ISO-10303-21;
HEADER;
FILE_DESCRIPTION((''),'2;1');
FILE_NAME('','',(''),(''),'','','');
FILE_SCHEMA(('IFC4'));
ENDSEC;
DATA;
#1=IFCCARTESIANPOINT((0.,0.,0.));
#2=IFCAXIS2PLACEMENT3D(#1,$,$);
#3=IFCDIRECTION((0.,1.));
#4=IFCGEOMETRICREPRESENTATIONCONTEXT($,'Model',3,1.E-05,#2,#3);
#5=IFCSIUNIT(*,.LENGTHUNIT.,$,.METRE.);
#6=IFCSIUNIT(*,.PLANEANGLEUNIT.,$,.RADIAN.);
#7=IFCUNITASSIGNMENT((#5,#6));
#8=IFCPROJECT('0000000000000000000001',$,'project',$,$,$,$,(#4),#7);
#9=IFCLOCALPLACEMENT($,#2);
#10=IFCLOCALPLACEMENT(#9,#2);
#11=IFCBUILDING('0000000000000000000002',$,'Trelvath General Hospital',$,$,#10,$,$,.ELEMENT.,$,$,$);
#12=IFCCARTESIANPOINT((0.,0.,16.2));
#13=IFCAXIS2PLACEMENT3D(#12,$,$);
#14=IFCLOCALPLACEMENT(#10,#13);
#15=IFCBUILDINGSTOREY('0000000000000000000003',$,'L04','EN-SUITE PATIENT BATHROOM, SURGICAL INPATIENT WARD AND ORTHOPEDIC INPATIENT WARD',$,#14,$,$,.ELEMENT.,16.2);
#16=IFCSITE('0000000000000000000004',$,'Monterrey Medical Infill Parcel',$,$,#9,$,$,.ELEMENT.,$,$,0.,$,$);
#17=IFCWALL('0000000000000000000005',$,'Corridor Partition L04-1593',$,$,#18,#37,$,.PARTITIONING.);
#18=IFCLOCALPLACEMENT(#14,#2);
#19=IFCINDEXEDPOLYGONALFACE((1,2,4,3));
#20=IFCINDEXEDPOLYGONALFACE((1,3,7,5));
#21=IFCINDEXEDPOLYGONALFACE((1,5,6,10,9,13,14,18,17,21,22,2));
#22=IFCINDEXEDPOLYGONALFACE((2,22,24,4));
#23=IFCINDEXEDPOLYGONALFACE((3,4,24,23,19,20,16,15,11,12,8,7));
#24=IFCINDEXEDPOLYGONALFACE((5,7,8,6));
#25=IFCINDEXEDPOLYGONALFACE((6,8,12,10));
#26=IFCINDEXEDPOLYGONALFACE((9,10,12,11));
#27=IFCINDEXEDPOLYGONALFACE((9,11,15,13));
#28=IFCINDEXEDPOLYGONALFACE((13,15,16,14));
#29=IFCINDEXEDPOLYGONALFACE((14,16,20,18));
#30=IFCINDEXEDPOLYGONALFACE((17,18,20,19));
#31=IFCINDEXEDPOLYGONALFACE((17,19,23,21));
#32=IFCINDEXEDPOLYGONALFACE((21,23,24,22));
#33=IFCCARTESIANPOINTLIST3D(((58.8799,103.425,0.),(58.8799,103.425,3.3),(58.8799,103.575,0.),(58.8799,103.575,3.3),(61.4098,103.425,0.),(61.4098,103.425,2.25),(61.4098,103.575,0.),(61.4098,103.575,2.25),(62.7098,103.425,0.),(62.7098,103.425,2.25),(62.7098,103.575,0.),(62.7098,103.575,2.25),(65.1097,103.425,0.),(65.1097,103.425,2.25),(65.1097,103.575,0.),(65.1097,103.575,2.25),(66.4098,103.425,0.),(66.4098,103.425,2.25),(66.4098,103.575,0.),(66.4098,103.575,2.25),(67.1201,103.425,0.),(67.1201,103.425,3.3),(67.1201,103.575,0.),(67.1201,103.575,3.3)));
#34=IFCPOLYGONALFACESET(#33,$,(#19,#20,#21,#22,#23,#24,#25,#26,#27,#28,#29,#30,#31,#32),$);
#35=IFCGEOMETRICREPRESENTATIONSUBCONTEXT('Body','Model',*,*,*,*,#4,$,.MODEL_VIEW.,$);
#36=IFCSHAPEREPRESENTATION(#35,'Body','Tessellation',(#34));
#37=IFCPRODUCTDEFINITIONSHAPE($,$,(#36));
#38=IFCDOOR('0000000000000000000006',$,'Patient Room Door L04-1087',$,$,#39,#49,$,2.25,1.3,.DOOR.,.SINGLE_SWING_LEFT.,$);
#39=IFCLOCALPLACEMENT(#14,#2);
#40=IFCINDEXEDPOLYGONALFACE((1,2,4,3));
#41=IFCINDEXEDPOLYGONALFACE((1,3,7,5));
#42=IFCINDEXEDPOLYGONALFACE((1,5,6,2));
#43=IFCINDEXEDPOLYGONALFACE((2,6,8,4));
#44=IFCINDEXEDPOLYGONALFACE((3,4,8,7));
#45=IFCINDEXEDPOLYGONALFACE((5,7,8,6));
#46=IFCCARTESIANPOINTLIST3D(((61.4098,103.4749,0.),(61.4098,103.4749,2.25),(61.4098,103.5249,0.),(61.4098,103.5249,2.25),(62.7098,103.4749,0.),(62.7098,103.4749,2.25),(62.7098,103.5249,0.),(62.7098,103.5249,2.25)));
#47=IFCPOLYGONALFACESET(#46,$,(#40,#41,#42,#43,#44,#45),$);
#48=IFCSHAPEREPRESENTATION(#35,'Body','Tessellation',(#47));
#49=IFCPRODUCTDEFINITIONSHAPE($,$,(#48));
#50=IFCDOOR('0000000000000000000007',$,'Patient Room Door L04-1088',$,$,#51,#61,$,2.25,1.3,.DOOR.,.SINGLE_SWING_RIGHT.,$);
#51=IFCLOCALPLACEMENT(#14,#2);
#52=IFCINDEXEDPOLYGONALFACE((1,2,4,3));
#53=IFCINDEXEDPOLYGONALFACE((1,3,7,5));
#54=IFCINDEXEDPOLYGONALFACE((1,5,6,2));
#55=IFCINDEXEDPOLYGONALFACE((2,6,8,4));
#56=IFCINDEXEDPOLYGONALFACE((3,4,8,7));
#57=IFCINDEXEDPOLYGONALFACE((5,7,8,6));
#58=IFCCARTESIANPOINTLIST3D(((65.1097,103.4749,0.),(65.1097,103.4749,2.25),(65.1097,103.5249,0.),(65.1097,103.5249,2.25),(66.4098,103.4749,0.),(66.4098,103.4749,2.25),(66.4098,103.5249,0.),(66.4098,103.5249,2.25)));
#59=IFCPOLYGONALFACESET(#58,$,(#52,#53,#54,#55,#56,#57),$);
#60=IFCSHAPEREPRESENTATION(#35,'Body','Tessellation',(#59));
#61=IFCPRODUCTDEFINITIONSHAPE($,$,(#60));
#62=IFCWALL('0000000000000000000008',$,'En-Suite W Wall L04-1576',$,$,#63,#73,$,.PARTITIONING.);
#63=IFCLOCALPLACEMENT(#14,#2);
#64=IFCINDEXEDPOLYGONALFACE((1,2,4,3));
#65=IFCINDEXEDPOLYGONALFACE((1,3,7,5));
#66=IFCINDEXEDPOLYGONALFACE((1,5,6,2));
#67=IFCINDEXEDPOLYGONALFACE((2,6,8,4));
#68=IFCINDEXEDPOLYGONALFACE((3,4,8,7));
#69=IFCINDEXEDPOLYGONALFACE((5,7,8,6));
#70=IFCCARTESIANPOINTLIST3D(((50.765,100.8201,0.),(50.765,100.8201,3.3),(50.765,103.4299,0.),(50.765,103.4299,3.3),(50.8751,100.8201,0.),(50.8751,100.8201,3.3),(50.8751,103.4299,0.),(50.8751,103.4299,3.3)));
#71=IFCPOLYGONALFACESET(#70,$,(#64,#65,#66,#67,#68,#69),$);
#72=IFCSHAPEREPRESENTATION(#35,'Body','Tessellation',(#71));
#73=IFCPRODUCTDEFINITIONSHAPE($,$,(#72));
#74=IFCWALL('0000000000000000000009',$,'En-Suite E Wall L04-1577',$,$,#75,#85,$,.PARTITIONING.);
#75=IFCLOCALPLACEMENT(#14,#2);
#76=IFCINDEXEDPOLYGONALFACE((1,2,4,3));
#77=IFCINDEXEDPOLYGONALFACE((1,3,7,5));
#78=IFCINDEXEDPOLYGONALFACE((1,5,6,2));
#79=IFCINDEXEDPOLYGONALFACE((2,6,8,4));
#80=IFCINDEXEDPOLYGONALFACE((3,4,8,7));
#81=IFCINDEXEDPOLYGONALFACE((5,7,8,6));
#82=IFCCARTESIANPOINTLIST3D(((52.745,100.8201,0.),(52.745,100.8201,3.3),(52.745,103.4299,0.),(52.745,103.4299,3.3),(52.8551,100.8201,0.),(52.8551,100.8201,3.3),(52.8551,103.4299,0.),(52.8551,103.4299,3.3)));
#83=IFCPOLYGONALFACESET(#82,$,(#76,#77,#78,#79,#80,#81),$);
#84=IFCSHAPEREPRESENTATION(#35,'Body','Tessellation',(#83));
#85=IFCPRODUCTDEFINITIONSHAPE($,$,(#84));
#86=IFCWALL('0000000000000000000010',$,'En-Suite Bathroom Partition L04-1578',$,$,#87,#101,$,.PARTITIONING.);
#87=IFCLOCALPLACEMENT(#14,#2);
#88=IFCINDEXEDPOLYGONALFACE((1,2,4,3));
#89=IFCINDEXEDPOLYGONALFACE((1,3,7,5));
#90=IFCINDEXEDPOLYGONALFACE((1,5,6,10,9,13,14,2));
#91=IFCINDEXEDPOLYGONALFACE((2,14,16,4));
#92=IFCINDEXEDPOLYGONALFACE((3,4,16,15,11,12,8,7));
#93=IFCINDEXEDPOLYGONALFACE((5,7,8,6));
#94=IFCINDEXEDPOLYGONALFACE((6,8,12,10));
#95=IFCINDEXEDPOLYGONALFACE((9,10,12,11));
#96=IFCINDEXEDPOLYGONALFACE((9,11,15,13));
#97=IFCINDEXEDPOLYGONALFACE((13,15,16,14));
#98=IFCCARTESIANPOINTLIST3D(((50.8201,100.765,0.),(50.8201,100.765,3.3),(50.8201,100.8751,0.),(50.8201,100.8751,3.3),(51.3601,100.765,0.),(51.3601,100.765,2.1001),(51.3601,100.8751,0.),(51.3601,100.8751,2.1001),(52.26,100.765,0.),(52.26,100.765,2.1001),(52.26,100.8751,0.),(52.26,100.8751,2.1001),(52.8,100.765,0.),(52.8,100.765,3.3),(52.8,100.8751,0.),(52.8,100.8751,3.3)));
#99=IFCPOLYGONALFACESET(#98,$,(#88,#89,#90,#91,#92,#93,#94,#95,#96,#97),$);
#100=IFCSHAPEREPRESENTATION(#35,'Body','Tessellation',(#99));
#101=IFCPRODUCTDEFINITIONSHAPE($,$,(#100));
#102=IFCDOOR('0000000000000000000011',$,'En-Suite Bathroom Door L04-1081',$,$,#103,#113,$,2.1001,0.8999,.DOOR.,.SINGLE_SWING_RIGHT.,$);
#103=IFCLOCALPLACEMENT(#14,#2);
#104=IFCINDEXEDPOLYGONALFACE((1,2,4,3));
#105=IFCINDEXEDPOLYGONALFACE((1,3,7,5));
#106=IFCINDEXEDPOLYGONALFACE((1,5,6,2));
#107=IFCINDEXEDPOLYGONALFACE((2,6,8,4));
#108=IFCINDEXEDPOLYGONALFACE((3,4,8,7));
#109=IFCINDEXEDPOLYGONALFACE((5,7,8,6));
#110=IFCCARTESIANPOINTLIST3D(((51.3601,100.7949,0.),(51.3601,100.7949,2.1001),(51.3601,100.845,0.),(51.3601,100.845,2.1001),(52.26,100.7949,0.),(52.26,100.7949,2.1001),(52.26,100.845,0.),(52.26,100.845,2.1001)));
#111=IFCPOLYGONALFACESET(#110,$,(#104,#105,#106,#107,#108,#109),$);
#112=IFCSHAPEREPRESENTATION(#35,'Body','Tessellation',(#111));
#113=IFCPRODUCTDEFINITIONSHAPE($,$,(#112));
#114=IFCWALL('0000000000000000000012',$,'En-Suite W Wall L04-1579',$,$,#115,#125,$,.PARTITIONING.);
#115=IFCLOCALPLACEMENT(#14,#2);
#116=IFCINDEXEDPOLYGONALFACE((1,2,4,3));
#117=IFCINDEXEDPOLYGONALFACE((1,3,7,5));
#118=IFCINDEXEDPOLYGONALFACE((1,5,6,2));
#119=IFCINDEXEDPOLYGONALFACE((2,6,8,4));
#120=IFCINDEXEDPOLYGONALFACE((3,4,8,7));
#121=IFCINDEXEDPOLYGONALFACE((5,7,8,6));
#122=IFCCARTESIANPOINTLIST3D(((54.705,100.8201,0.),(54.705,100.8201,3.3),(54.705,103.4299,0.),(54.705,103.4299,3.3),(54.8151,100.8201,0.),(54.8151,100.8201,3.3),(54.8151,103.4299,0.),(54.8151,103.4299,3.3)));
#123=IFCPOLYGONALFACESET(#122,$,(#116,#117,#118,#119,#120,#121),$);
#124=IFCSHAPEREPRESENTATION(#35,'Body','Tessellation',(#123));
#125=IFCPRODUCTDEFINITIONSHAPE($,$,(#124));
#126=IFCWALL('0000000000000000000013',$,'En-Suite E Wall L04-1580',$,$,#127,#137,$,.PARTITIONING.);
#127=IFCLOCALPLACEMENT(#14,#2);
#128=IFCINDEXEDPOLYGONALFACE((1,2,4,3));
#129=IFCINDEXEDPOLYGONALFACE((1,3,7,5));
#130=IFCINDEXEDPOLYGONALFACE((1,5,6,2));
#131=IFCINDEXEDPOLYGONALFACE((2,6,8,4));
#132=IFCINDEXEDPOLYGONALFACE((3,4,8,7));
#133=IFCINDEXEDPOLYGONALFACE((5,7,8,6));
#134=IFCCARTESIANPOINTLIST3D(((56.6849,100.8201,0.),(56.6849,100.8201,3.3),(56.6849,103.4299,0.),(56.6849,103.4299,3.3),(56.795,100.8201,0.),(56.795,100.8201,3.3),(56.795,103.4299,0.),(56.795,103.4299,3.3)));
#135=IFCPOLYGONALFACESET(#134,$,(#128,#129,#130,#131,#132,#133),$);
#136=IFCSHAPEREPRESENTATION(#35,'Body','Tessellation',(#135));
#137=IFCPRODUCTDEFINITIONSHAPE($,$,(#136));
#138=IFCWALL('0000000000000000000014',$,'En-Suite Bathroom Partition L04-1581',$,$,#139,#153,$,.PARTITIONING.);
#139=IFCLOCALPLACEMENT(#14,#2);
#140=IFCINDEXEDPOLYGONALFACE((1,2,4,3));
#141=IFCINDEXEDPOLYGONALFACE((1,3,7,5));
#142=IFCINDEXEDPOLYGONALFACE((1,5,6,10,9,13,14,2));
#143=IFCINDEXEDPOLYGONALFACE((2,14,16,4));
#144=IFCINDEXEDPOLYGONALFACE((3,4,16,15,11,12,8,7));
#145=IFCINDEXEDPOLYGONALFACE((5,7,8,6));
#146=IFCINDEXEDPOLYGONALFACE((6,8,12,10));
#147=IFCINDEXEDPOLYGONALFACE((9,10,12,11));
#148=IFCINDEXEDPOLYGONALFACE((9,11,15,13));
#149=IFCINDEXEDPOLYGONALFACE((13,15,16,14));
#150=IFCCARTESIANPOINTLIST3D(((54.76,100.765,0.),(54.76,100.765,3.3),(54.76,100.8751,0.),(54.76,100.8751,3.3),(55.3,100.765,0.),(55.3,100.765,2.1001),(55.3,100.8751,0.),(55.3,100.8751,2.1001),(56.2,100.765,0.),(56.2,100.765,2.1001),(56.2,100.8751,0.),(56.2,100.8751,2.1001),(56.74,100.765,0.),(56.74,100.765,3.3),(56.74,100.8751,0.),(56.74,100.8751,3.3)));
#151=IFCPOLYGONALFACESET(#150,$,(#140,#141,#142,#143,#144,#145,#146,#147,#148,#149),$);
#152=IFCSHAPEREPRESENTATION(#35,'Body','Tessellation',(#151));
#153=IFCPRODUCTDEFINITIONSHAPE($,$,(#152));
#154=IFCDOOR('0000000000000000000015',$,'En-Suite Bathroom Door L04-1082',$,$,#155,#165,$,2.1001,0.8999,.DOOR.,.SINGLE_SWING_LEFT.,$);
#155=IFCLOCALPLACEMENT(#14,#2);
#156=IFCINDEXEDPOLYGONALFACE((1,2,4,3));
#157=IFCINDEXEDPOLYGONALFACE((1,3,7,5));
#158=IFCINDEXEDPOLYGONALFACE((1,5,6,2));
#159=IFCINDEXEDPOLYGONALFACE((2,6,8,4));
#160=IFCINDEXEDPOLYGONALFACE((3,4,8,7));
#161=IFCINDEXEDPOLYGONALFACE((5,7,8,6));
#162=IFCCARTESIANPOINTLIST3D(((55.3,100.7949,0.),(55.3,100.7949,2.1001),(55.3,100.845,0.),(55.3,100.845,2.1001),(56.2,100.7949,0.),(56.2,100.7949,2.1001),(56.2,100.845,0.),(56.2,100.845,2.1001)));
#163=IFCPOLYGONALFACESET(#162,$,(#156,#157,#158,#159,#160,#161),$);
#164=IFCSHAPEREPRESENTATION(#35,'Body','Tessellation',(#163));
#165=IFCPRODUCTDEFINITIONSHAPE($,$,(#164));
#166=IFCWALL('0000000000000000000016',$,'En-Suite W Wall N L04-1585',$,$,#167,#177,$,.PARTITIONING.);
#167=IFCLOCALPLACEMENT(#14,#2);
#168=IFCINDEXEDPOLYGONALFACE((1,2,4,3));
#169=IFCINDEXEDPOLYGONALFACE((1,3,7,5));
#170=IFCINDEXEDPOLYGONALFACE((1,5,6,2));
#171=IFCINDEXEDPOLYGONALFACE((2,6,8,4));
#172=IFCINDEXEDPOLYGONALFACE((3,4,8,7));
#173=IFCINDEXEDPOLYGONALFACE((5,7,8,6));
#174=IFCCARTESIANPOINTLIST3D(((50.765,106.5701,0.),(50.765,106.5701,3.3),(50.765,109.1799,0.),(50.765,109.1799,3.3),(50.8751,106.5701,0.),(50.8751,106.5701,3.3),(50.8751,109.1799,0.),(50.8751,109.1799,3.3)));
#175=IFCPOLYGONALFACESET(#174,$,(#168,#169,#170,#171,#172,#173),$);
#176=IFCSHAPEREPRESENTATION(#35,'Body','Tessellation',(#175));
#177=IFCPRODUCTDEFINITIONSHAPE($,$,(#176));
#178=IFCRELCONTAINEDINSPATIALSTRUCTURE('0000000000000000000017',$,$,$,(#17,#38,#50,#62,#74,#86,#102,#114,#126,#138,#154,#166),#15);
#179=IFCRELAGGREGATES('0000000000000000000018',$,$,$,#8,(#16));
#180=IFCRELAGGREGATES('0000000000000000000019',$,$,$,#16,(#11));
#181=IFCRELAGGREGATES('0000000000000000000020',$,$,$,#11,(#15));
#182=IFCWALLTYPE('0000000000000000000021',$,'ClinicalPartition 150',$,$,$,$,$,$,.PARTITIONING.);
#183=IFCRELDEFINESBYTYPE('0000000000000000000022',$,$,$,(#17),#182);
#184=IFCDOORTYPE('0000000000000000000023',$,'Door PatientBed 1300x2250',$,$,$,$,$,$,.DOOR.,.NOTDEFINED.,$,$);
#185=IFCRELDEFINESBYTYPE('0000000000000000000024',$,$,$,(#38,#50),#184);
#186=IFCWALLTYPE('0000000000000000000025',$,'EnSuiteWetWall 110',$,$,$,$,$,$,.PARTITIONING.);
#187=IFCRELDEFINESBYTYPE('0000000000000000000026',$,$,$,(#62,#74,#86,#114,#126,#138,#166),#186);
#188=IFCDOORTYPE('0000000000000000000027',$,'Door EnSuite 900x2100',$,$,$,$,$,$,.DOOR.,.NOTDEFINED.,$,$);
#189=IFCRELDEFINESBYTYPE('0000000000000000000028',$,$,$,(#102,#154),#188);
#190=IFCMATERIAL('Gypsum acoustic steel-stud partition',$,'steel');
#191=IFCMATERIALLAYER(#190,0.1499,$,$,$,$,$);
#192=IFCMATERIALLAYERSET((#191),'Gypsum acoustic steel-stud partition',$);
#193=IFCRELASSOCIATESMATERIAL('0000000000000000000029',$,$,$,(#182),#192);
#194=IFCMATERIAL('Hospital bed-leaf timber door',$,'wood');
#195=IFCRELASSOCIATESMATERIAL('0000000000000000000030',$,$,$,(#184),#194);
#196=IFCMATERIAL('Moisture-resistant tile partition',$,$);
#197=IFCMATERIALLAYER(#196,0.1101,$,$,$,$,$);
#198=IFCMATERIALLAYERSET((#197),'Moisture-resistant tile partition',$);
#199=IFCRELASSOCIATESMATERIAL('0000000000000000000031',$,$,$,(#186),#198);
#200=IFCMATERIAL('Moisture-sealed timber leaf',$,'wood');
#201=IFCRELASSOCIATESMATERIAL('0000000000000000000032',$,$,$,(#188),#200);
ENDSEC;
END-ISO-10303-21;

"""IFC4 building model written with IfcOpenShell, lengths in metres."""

from ifc_helpers import new_model, si_unit, direction, frame, frame_2d, origin, place, context, subcontext, project, spatial, rectangle, extrude, material, layer, layer_set, type_object, element, fill, save


model = new_model("IFC4")

# Units and contexts
model_context = context("Model", 3, precision=1e-05, world=origin(), true_north=direction((0.0, 1.0)))
body_context = subcontext(model_context, "Body", "Model", "MODEL_VIEW")
ifc_project = project(units=[si_unit("LENGTHUNIT", "METRE"), si_unit("PLANEANGLEUNIT", "RADIAN")], contexts=[model_context])

# Site, building, storey
site_placement = place(None, origin())
site = spatial("IfcSite", under=ifc_project, at=site_placement, Name="Monterrey Medical Infill Parcel", CompositionType="ELEMENT", RefElevation=0.0)
building_placement = place(site_placement, origin())
building = spatial("IfcBuilding", under=site, at=building_placement, Name="Trelvath General Hospital", CompositionType="ELEMENT")
storey_placement = place(building_placement, frame((0.0, 0.0, 16.2)))
storey = spatial("IfcBuildingStorey", under=building, at=storey_placement, Name="L04", Description="EN-SUITE PATIENT BATHROOM, SURGICAL INPATIENT WARD AND ORTHOPEDIC INPATIENT WARD", CompositionType="ELEMENT", Elevation=16.2)

# Wall, openings, doors
ifc_material_1 = material(Name="Gypsum acoustic steel-stud partition", Category="steel")
ifc_layer_1 = layer(ifc_material_1, 0.1499)
ifc_layer_set_1 = layer_set([ifc_layer_1], Name="Gypsum acoustic steel-stud partition")
wall_type_1 = type_object("IfcWallType", Name="ClinicalPartition 150", PredefinedType="PARTITIONING", material=ifc_layer_set_1)
ifc_material_2 = material(Name="Hospital bed-leaf timber door", Category="wood")
door_type_1 = type_object("IfcDoorType", Name="Door PatientBed 1300x2250", OperationType="NOTDEFINED", PredefinedType="DOOR", material=ifc_material_2)
wall_1_placement = place(storey_placement, frame((58.8799, 103.5, 0.0), z_axis=(0.0, 0.0, 1.0), x_axis=(1.0, 0.0, 0.0)))
wall_1 = element("IfcWall", 1, at=wall_1_placement, inside=storey, type_object=wall_type_1, Name="Corridor Partition L04-1593", PredefinedType="PARTITIONING", context=body_context, shape_type="SweptSolid", body=[
    extrude(rectangle(XDim=8.2402, YDim=0.1499, at=frame_2d((4.1201, 0.0))), origin(), (0.0, 0.0, 1.0), 3.3),
])
opening_1_placement = place(wall_1_placement, frame((2.53, 0.0, 0.0)))
opening_1 = element("IfcOpeningElement", 2, at=opening_1_placement, cuts=wall_1, PredefinedType="OPENING", context=body_context, shape_type="SweptSolid", body=[
    extrude(rectangle(XDim=1.3, YDim=2.25, at=frame_2d((0.6499, 1.125))), frame((0.0, 0.085, 0.0), z_axis=(0.0, -1.0, 0.0), x_axis=(1.0, 0.0, 0.0)), (0.0, 0.0, 1.0), 0.1699),
])
opening_2_placement = place(wall_1_placement, frame((6.23, 0.0, 0.0)))
opening_2 = element("IfcOpeningElement", 3, at=opening_2_placement, cuts=wall_1, PredefinedType="OPENING", context=body_context, shape_type="SweptSolid", body=[
    extrude(rectangle(XDim=1.3, YDim=2.25, at=frame_2d((0.6499, 1.125))), frame((0.0, 0.085, 0.0), z_axis=(0.0, -1.0, 0.0), x_axis=(1.0, 0.0, 0.0)), (0.0, 0.0, 1.0), 0.1699),
])
door_1_placement = place(opening_1_placement, origin())
door_1 = element("IfcDoor", 4, at=door_1_placement, inside=storey, type_object=door_type_1, Name="Patient Room Door L04-1087", OperationType="SINGLE_SWING_LEFT", OverallHeight=2.25, OverallWidth=1.3, PredefinedType="DOOR", context=body_context, shape_type="SweptSolid", body=[
    extrude(rectangle(XDim=1.3, YDim=2.25, at=frame_2d((0.6499, 1.125))), frame((0.0, 0.0249, 0.0), z_axis=(0.0, -1.0, 0.0), x_axis=(1.0, 0.0, 0.0)), (0.0, 0.0, 1.0), 0.05),
])
fill(opening_1, door_1)
door_2_placement = place(opening_2_placement, origin())
door_2 = element("IfcDoor", 5, at=door_2_placement, inside=storey, type_object=door_type_1, Name="Patient Room Door L04-1088", OperationType="SINGLE_SWING_RIGHT", OverallHeight=2.25, OverallWidth=1.3, PredefinedType="DOOR", context=body_context, shape_type="SweptSolid", body=[
    extrude(rectangle(XDim=1.3, YDim=2.25, at=frame_2d((0.6499, 1.125))), frame((0.0, 0.0249, 0.0), z_axis=(0.0, -1.0, 0.0), x_axis=(1.0, 0.0, 0.0)), (0.0, 0.0, 1.0), 0.05),
])
fill(opening_2, door_2)

# Walls
ifc_material_3 = material(Name="Moisture-resistant tile partition")
ifc_layer_2 = layer(ifc_material_3, 0.1101)
ifc_layer_set_2 = layer_set([ifc_layer_2], Name="Moisture-resistant tile partition")
wall_type_2 = type_object("IfcWallType", Name="EnSuiteWetWall 110", PredefinedType="PARTITIONING", material=ifc_layer_set_2)
for number, where, z_axis, x_axis, name in (
    (6, (50.8201, 100.8201, 0.0), (0.0, 0.0, 1.0), (0.0, 1.0, 0.0), "En-Suite W Wall L04-1576"),
    (7, (52.8, 100.8201, 0.0), (0.0, 0.0, 1.0), (0.0, 1.0, 0.0), "En-Suite E Wall L04-1577"),
):
    element("IfcWall", number, at=place(storey_placement, frame(where, z_axis=z_axis, x_axis=x_axis)), inside=storey, type_object=wall_type_2, Name=name, PredefinedType="PARTITIONING", context=body_context, shape_type="SweptSolid", body=[
        extrude(rectangle(XDim=2.6099, YDim=0.1101, at=frame_2d((1.3049, 0.0))), origin(), (0.0, 0.0, 1.0), 3.3),
    ])

# Wall, opening, door
wall_2_placement = place(storey_placement, frame((50.8201, 100.8201, 0.0), z_axis=(0.0, 0.0, 1.0), x_axis=(1.0, 0.0, 0.0)))
wall_2 = element("IfcWall", 8, at=wall_2_placement, inside=storey, type_object=wall_type_2, Name="En-Suite Bathroom Partition L04-1578", PredefinedType="PARTITIONING", context=body_context, shape_type="SweptSolid", body=[
    extrude(rectangle(XDim=1.98, YDim=0.1101, at=frame_2d((0.99, 0.0))), origin(), (0.0, 0.0, 1.0), 3.3),
])
opening_3_placement = place(wall_2_placement, frame((0.54, 0.0, 0.0)))
opening_3 = element("IfcOpeningElement", 9, at=opening_3_placement, cuts=wall_2, PredefinedType="OPENING", context=body_context, shape_type="SweptSolid", body=[
    extrude(rectangle(XDim=0.8999, YDim=2.1001, at=frame_2d((0.45, 1.05))), frame((0.0, 0.0649, 0.0), z_axis=(0.0, -1.0, 0.0), x_axis=(1.0, 0.0, 0.0)), (0.0, 0.0, 1.0), 0.1301),
])
ifc_material_4 = material(Name="Moisture-sealed timber leaf", Category="wood")
door_type_2 = type_object("IfcDoorType", Name="Door EnSuite 900x2100", OperationType="NOTDEFINED", PredefinedType="DOOR", material=ifc_material_4)
door_3_placement = place(opening_3_placement, origin())
door_3 = element("IfcDoor", 10, at=door_3_placement, inside=storey, type_object=door_type_2, Name="En-Suite Bathroom Door L04-1081", OperationType="SINGLE_SWING_RIGHT", OverallHeight=2.1001, OverallWidth=0.8999, PredefinedType="DOOR", context=body_context, shape_type="SweptSolid", body=[
    extrude(rectangle(XDim=0.8999, YDim=2.1001, at=frame_2d((0.45, 1.05))), frame((0.0, 0.0249, 0.0), z_axis=(0.0, -1.0, 0.0), x_axis=(1.0, 0.0, 0.0)), (0.0, 0.0, 1.0), 0.05),
])
fill(opening_3, door_3)

# Walls
for number, where, z_axis, x_axis, name in (
    (11, (54.76, 100.8201, 0.0), (0.0, 0.0, 1.0), (0.0, 1.0, 0.0), "En-Suite W Wall L04-1579"),
    (12, (56.74, 100.8201, 0.0), (0.0, 0.0, 1.0), (0.0, 1.0, 0.0), "En-Suite E Wall L04-1580"),
):
    element("IfcWall", number, at=place(storey_placement, frame(where, z_axis=z_axis, x_axis=x_axis)), inside=storey, type_object=wall_type_2, Name=name, PredefinedType="PARTITIONING", context=body_context, shape_type="SweptSolid", body=[
        extrude(rectangle(XDim=2.6099, YDim=0.1101, at=frame_2d((1.3049, 0.0))), origin(), (0.0, 0.0, 1.0), 3.3),
    ])

# Wall, opening, door
wall_3_placement = place(storey_placement, frame((54.76, 100.8201, 0.0), z_axis=(0.0, 0.0, 1.0), x_axis=(1.0, 0.0, 0.0)))
wall_3 = element("IfcWall", 13, at=wall_3_placement, inside=storey, type_object=wall_type_2, Name="En-Suite Bathroom Partition L04-1581", PredefinedType="PARTITIONING", context=body_context, shape_type="SweptSolid", body=[
    extrude(rectangle(XDim=1.98, YDim=0.1101, at=frame_2d((0.99, 0.0))), origin(), (0.0, 0.0, 1.0), 3.3),
])
opening_4_placement = place(wall_3_placement, frame((0.54, 0.0, 0.0)))
opening_4 = element("IfcOpeningElement", 14, at=opening_4_placement, cuts=wall_3, PredefinedType="OPENING", context=body_context, shape_type="SweptSolid", body=[
    extrude(rectangle(XDim=0.8999, YDim=2.1001, at=frame_2d((0.45, 1.05))), frame((0.0, 0.0649, 0.0), z_axis=(0.0, -1.0, 0.0), x_axis=(1.0, 0.0, 0.0)), (0.0, 0.0, 1.0), 0.1301),
])
door_4_placement = place(opening_4_placement, origin())
door_4 = element("IfcDoor", 15, at=door_4_placement, inside=storey, type_object=door_type_2, Name="En-Suite Bathroom Door L04-1082", OperationType="SINGLE_SWING_LEFT", OverallHeight=2.1001, OverallWidth=0.8999, PredefinedType="DOOR", context=body_context, shape_type="SweptSolid", body=[
    extrude(rectangle(XDim=0.8999, YDim=2.1001, at=frame_2d((0.45, 1.05))), frame((0.0, 0.0249, 0.0), z_axis=(0.0, -1.0, 0.0), x_axis=(1.0, 0.0, 0.0)), (0.0, 0.0, 1.0), 0.05),
])
fill(opening_4, door_4)

# Wall
for number, where, z_axis, x_axis, name in (
    (16, (50.8201, 106.5701, 0.0), (0.0, 0.0, 1.0), (0.0, 1.0, 0.0), "En-Suite W Wall N L04-1585"),
):
    element("IfcWall", number, at=place(storey_placement, frame(where, z_axis=z_axis, x_axis=x_axis)), inside=storey, type_object=wall_type_2, Name=name, PredefinedType="PARTITIONING", context=body_context, shape_type="SweptSolid", body=[
        extrude(rectangle(XDim=2.6099, YDim=0.1101, at=frame_2d((1.3049, 0.0))), origin(), (0.0, 0.0, 1.0), 3.3),
    ])

save(model, "model.ifc")
